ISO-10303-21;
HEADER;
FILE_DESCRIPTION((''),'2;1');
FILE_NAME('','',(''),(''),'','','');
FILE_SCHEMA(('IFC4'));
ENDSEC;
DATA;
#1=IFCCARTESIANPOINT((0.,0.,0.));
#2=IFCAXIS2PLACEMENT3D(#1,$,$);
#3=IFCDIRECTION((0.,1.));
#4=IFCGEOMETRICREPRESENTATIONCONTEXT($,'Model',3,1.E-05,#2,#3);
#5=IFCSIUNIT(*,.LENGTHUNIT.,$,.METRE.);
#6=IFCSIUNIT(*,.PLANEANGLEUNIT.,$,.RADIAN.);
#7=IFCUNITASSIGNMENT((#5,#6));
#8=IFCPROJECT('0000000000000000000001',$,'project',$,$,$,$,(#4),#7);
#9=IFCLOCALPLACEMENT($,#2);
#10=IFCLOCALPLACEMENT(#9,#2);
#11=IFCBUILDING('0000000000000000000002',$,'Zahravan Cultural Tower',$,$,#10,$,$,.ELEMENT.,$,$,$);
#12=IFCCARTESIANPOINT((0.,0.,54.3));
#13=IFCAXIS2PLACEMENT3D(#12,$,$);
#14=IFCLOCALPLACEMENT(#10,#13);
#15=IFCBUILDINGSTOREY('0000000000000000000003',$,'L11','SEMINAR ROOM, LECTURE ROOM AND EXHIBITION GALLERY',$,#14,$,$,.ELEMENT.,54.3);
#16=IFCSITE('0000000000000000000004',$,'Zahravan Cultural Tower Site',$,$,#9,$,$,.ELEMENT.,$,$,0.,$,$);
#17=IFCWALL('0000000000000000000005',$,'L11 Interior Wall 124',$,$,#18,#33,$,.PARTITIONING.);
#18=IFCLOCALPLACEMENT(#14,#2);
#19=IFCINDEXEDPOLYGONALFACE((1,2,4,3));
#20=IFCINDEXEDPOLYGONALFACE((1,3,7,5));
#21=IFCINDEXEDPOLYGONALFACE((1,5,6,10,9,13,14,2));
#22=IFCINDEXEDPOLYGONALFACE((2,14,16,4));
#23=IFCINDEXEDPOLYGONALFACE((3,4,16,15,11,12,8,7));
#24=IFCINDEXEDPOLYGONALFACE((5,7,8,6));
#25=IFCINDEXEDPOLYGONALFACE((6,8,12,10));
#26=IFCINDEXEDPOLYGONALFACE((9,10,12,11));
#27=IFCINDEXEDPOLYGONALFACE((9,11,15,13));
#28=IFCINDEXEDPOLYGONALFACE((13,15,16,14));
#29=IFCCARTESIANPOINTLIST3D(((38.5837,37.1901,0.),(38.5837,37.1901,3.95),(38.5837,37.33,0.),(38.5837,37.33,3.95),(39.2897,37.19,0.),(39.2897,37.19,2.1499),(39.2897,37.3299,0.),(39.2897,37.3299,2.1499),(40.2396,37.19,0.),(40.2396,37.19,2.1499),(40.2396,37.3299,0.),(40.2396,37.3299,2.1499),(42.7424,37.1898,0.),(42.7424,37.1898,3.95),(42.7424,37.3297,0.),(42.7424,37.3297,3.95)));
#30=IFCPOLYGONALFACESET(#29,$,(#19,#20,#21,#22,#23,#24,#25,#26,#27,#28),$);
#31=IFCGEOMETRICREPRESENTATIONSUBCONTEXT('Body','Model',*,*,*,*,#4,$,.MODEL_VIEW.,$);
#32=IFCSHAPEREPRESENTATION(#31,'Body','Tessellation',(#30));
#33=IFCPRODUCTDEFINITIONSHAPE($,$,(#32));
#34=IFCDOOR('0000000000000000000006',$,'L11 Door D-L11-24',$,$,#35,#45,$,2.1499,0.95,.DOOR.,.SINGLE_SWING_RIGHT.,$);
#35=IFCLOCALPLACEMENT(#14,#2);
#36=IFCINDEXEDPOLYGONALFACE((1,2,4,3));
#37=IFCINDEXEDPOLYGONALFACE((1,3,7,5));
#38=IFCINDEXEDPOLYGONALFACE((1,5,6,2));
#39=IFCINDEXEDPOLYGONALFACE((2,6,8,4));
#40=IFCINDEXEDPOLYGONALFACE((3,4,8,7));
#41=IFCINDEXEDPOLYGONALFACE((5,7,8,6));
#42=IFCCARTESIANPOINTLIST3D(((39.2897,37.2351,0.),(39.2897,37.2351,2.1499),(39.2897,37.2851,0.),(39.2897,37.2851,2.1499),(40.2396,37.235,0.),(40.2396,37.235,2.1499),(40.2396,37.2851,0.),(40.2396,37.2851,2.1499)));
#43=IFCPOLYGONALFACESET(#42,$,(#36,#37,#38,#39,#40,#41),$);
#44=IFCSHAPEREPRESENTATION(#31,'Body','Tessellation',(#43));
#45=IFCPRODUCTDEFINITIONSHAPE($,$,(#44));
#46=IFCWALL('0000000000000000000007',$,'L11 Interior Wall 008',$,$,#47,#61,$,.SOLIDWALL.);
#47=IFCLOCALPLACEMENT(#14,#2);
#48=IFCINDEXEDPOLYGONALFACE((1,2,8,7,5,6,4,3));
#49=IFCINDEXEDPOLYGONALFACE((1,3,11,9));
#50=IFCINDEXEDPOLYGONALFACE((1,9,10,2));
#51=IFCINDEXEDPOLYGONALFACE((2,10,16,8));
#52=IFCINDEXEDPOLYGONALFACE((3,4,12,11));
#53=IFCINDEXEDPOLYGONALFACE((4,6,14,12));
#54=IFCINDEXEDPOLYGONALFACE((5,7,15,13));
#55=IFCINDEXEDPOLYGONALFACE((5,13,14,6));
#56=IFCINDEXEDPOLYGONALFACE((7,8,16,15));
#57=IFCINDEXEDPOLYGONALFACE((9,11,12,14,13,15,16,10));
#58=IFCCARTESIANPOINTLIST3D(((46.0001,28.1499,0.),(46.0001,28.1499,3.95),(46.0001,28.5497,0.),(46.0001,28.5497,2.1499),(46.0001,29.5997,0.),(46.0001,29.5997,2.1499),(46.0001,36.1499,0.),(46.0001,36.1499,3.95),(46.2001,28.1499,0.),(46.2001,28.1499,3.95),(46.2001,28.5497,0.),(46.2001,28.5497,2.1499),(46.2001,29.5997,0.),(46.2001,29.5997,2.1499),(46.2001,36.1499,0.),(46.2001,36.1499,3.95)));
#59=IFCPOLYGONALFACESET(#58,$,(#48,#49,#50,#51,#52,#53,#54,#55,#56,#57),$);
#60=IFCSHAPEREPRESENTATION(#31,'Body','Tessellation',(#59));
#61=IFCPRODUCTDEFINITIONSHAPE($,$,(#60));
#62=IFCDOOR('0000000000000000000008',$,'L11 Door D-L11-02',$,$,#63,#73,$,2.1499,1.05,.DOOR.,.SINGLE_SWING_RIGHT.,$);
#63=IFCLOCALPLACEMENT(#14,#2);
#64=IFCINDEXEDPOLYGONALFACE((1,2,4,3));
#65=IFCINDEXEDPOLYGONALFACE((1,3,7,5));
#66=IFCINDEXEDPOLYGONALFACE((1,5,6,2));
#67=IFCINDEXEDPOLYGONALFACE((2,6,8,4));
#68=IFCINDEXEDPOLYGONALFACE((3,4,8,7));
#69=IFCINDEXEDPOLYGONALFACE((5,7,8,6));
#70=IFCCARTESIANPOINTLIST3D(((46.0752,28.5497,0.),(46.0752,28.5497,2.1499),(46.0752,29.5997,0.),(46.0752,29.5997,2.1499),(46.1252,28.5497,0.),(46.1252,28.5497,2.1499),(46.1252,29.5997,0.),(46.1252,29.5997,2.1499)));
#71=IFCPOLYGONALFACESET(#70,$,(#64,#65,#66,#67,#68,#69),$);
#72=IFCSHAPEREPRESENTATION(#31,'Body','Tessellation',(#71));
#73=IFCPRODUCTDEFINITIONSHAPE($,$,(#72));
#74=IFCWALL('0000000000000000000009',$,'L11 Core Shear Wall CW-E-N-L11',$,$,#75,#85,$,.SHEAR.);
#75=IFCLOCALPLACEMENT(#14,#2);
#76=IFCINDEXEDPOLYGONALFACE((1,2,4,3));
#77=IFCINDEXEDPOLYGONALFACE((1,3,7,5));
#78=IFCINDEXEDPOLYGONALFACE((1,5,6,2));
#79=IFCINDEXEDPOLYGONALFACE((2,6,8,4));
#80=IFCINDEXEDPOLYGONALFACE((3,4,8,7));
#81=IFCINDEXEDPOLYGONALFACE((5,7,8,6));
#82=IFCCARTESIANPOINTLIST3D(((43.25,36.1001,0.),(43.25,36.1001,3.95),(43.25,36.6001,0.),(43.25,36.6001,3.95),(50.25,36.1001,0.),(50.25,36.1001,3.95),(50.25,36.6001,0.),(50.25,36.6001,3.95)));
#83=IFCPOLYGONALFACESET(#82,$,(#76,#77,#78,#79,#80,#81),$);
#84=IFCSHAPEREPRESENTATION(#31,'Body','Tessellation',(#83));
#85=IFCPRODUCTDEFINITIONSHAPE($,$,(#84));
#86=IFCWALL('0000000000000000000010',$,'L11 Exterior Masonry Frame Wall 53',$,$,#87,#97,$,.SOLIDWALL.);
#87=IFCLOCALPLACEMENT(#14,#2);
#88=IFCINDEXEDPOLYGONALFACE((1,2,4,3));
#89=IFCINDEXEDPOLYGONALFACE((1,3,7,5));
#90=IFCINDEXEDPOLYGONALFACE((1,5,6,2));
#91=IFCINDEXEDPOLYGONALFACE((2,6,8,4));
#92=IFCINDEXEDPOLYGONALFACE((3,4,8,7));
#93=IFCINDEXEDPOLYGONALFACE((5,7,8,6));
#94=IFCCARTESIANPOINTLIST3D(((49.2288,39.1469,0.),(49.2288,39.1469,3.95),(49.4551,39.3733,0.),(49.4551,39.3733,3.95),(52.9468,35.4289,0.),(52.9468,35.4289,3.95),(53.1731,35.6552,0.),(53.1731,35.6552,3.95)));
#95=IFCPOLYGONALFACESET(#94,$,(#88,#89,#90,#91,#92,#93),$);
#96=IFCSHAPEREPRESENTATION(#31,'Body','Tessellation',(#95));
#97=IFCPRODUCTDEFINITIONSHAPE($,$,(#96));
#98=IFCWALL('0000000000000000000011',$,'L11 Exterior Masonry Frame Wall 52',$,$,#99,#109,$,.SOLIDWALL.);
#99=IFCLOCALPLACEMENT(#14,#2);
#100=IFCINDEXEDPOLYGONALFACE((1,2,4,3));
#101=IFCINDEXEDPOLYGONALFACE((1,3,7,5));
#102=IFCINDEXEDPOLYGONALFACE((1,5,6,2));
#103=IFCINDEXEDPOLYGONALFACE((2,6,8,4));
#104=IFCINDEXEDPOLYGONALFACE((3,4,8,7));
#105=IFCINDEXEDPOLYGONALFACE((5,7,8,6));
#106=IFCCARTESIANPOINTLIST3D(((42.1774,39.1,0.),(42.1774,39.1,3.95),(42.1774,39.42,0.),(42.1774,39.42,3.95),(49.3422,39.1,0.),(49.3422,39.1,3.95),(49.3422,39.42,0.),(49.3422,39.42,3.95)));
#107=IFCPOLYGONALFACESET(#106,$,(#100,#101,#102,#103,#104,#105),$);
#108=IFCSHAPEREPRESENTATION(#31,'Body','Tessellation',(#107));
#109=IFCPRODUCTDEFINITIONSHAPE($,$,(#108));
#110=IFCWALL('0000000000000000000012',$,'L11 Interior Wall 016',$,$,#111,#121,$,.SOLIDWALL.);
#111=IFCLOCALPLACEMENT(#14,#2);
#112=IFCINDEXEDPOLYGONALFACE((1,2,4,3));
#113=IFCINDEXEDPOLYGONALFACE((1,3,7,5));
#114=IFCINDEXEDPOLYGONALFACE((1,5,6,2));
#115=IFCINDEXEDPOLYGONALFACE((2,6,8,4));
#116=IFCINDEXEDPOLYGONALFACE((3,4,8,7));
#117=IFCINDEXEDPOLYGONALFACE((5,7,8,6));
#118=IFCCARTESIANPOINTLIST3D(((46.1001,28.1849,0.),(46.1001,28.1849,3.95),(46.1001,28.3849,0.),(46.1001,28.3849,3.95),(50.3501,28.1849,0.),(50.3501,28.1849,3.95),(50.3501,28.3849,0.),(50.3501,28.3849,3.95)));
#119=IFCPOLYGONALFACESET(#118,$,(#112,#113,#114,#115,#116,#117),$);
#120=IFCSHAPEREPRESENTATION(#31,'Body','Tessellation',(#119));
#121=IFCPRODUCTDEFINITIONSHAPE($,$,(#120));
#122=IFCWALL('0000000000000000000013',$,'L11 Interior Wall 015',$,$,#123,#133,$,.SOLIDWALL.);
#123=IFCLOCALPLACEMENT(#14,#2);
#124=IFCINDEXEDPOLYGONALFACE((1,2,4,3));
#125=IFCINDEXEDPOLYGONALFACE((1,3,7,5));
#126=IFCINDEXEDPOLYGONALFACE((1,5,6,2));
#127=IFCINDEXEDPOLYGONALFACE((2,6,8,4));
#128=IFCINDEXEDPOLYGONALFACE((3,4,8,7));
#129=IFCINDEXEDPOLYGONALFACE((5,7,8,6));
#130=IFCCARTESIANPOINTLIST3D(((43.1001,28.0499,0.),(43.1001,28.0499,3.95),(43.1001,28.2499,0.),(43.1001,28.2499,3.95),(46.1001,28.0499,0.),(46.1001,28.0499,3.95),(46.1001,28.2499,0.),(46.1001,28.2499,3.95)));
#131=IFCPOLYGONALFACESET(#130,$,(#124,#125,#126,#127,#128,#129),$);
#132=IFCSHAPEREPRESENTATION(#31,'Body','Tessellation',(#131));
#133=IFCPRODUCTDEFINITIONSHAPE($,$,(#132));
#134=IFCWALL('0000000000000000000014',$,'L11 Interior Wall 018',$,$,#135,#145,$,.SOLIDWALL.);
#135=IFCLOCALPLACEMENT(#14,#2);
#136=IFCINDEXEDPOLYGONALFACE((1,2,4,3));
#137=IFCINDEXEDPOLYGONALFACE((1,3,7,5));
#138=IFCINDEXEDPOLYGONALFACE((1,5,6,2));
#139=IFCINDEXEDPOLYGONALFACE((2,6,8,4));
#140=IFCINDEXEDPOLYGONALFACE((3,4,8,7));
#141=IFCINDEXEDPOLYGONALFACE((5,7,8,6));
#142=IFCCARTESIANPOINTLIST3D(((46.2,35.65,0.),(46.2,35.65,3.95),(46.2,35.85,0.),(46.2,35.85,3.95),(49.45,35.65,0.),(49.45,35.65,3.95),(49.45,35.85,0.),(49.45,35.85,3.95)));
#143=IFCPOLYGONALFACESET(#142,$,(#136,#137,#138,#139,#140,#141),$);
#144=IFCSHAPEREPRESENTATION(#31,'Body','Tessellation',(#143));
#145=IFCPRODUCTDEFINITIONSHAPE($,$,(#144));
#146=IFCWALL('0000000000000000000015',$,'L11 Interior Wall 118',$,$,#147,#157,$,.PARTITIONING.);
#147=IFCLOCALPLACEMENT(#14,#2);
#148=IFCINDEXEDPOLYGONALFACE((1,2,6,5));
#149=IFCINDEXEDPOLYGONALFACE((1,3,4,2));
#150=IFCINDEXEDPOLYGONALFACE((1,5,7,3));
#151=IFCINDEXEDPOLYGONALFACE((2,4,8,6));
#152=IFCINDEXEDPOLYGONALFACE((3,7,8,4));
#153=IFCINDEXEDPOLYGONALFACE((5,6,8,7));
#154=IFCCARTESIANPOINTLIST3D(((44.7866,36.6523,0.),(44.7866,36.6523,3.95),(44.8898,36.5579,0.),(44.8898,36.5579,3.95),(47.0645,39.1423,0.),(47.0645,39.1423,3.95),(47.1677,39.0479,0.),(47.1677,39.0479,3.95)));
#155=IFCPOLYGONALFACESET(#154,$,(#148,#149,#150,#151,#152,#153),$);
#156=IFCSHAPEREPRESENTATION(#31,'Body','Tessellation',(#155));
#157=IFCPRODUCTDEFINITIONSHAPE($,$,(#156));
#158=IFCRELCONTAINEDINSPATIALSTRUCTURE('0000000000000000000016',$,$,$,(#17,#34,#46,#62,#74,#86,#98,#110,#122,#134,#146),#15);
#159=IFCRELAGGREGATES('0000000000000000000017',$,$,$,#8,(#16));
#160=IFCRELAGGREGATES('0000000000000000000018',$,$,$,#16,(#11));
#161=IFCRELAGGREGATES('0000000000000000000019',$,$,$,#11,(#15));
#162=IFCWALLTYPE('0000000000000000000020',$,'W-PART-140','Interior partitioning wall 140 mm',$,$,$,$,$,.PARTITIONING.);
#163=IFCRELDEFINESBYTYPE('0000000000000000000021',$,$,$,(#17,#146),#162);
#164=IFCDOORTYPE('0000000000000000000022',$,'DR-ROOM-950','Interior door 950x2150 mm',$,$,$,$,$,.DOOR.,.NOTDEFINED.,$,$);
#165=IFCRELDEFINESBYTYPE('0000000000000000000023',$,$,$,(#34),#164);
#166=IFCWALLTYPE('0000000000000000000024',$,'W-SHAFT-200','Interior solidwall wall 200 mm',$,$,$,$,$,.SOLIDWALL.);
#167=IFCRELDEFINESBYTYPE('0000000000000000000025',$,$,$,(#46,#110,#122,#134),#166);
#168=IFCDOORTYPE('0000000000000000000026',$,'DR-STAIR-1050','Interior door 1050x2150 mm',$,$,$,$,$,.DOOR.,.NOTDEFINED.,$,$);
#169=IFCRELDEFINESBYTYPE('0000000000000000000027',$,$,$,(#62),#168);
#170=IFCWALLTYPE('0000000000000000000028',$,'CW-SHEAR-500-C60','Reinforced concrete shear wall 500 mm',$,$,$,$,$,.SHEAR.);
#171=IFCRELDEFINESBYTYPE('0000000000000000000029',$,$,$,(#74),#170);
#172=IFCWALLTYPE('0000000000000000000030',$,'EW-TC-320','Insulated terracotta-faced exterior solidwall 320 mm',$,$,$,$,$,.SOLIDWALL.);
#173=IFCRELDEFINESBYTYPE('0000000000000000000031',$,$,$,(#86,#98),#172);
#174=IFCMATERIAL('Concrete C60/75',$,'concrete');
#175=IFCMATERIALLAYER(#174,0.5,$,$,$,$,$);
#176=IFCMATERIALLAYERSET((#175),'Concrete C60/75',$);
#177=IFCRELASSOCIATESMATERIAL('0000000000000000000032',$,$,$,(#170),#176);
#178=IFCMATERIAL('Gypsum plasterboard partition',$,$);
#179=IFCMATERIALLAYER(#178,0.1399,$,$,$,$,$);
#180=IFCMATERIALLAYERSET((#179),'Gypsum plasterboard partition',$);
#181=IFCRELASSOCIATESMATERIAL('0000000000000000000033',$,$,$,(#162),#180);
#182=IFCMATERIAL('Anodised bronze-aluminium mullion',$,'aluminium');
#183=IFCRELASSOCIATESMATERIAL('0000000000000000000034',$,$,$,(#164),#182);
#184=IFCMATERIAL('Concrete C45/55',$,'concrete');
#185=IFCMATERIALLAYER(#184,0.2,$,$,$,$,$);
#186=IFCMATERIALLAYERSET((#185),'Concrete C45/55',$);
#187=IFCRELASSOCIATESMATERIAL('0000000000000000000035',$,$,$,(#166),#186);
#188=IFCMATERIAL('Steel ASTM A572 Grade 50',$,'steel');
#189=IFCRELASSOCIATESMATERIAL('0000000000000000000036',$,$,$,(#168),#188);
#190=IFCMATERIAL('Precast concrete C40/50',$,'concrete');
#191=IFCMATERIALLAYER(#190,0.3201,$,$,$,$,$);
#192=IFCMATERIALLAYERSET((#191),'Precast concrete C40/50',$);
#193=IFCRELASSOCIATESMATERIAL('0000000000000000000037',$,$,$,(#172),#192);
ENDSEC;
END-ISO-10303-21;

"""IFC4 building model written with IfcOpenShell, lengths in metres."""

from ifc_helpers import new_model, si_unit, direction, frame, frame_2d, origin, place, context, subcontext, project, spatial, rectangle, extrude, source, transform, mapped, material, layer, layer_set, type_object, element, fill, save


model = new_model("IFC4")

# Units and contexts
model_context = context("Model", 3, precision=1e-05, world=origin(), true_north=direction((0.0, 1.0)))
body_context = subcontext(model_context, "Body", "Model", "MODEL_VIEW")
ifc_project = project(units=[si_unit("LENGTHUNIT", "METRE"), si_unit("PLANEANGLEUNIT", "RADIAN")], contexts=[model_context])

# Site, building, storey
site_placement = place(None, origin())
site = spatial("IfcSite", under=ifc_project, at=site_placement, Name="Zahravan Cultural Tower Site", CompositionType="ELEMENT", RefElevation=0.0)
building_placement = place(site_placement, origin())
building = spatial("IfcBuilding", under=site, at=building_placement, Name="Zahravan Cultural Tower", CompositionType="ELEMENT")
storey_placement = place(building_placement, frame((0.0, 0.0, 54.3)))
storey = spatial("IfcBuildingStorey", under=building, at=storey_placement, Name="L11", Description="SEMINAR ROOM, LECTURE ROOM AND EXHIBITION GALLERY", CompositionType="ELEMENT", Elevation=54.3)

# Shared definitions
ifc_material_1 = material(Name="Concrete C60/75", Category="concrete")

# Walls, openings, doors
ifc_layer_1 = layer(ifc_material_1, 0.5)
ifc_layer_set_1 = layer_set([ifc_layer_1], Name="Concrete C60/75")
wall_type_1 = type_object("IfcWallType", Name="CW-SHEAR-500-C60", Description="Reinforced concrete shear wall 500 mm", PredefinedType="SHEAR", material=ifc_layer_set_1)
ifc_material_2 = material(Name="Steel ASTM A572 Grade 50", Category="steel")
ifc_material_3 = material(Name="Gypsum plasterboard partition")
ifc_layer_2 = layer(ifc_material_3, 0.1399)
ifc_layer_set_2 = layer_set([ifc_layer_2], Name="Gypsum plasterboard partition")
wall_type_2 = type_object("IfcWallType", Name="W-PART-140", Description="Interior partitioning wall 140 mm", PredefinedType="PARTITIONING", material=ifc_layer_set_2)
wall_1_placement = place(storey_placement, frame((42.7424, 37.2598, 0.0), z_axis=(0.0, 0.0, 1.0), x_axis=(-1.0, 0.000059, 0.0)))
wall_1 = element("IfcWall", 1, at=wall_1_placement, inside=storey, type_object=wall_type_2, Name="L11 Interior Wall 124", PredefinedType="PARTITIONING", context=body_context, shape_type="SweptSolid", body=[
    extrude(rectangle(XDim=4.1587, YDim=0.1399, at=frame_2d((2.0793, 0.0))), origin(), (0.0, 0.0, 1.0), 3.95),
])
opening_1_placement = place(wall_1_placement, frame((2.5027, 0.0, 0.0)))
opening_1 = element("IfcOpeningElement", 2, at=opening_1_placement, cuts=wall_1, PredefinedType="OPENING", context=body_context, shape_type="SweptSolid", body=[
    extrude(rectangle(XDim=0.95, YDim=2.1499, at=frame_2d((0.4751, 1.075))), frame((0.0, 0.0798, 0.0), z_axis=(0.0, -1.0, 0.0), x_axis=(1.0, 0.0, 0.0)), (0.0, 0.0, 1.0), 0.1599),
])
ifc_material_4 = material(Name="Anodised bronze-aluminium mullion", Category="aluminium")
door_type_1 = type_object("IfcDoorType", Name="DR-ROOM-950", Description="Interior door 950x2150 mm", OperationType="NOTDEFINED", PredefinedType="DOOR", material=ifc_material_4)
shared_shape_1 = source(origin(), body_context, "Body", "SweptSolid", [
    extrude(rectangle(XDim=0.95, YDim=2.1499, at=frame_2d((0.4751, 1.075))), frame((0.0, 0.0249, 0.0), z_axis=(0.0, -1.0, 0.0), x_axis=(1.0, 0.0, 0.0)), (0.0, 0.0, 1.0), 0.05),
])
door_1_placement = place(opening_1_placement, origin())
door_1 = element("IfcDoor", 3, at=door_1_placement, inside=storey, type_object=door_type_1, Name="L11 Door D-L11-24", OperationType="SINGLE_SWING_RIGHT", OverallHeight=2.1499, OverallWidth=0.95, PredefinedType="DOOR", context=body_context, shape_type="MappedRepresentation", body=[
    mapped(shared_shape_1, transform((0.0, 0.0, 0.0), x_axis=(1.0, 0.0, 0.0), y_axis=(0.0, 1.0, 0.0), z_axis=(0.0, 0.0, 1.0), scale=1.0)),
])
fill(opening_1, door_1)
ifc_material_5 = material(Name="Concrete C45/55", Category="concrete")
ifc_layer_3 = layer(ifc_material_5, 0.2)
ifc_layer_set_3 = layer_set([ifc_layer_3], Name="Concrete C45/55")
wall_type_3 = type_object("IfcWallType", Name="W-SHAFT-200", Description="Interior solidwall wall 200 mm", PredefinedType="SOLIDWALL", material=ifc_layer_set_3)
wall_2_placement = place(storey_placement, frame((46.1001, 28.1499, 0.0), z_axis=(0.0, 0.0, 1.0), x_axis=(0.0, 1.0, 0.0)))
wall_2 = element("IfcWall", 4, at=wall_2_placement, inside=storey, type_object=wall_type_3, Name="L11 Interior Wall 008", PredefinedType="SOLIDWALL", context=body_context, shape_type="SweptSolid", body=[
    extrude(rectangle(XDim=8.0, YDim=0.2, at=frame_2d((4.0, 0.0))), origin(), (0.0, 0.0, 1.0), 3.95),
])
opening_2_placement = place(wall_2_placement, frame((0.3999, 0.0, 0.0)))
opening_2 = element("IfcOpeningElement", 5, at=opening_2_placement, cuts=wall_2, PredefinedType="OPENING", context=body_context, shape_type="SweptSolid", body=[
    extrude(rectangle(XDim=1.05, YDim=2.1499, at=frame_2d((0.5249, 1.075))), frame((0.0, 0.1099, 0.0), z_axis=(0.0, -1.0, 0.0), x_axis=(1.0, 0.0, 0.0)), (0.0, 0.0, 1.0), 0.22),
])
door_type_2 = type_object("IfcDoorType", Name="DR-STAIR-1050", Description="Interior door 1050x2150 mm", OperationType="NOTDEFINED", PredefinedType="DOOR", material=ifc_material_2)
shared_shape_2 = source(origin(), body_context, "Body", "SweptSolid", [
    extrude(rectangle(XDim=1.05, YDim=2.1499, at=frame_2d((0.5249, 1.075))), frame((0.0, 0.0249, 0.0), z_axis=(0.0, -1.0, 0.0), x_axis=(1.0, 0.0, 0.0)), (0.0, 0.0, 1.0), 0.05),
])
door_2_placement = place(opening_2_placement, origin())
door_2 = element("IfcDoor", 6, at=door_2_placement, inside=storey, type_object=door_type_2, Name="L11 Door D-L11-02", OperationType="SINGLE_SWING_RIGHT", OverallHeight=2.1499, OverallWidth=1.05, PredefinedType="DOOR", context=body_context, shape_type="MappedRepresentation", body=[
    mapped(shared_shape_2, transform((0.0, 0.0, 0.0), x_axis=(1.0, 0.0, 0.0), y_axis=(0.0, 1.0, 0.0), z_axis=(0.0, 0.0, 1.0), scale=1.0)),
])
fill(opening_2, door_2)

# Walls
shared_shape_3 = source(origin(), body_context, "Body", "SweptSolid", [
    extrude(rectangle(XDim=7.0, YDim=0.5, at=frame_2d((3.5, 0.0))), origin(), (0.0, 0.0, 1.0), 3.95),
])
wall_3_placement = place(storey_placement, frame((43.25, 36.3501, 0.0), z_axis=(0.0, 0.0, 1.0), x_axis=(1.0, 0.0, 0.0)))
element("IfcWall", 7, at=wall_3_placement, inside=storey, type_object=wall_type_1, Name="L11 Core Shear Wall CW-E-N-L11", PredefinedType="SHEAR", context=body_context, shape_type="MappedRepresentation", body=[
    mapped(shared_shape_3, transform((0.0, 0.0, 0.0), x_axis=(1.0, 0.0, 0.0), y_axis=(0.0, 1.0, 0.0), z_axis=(0.0, 0.0, 1.0), scale=1.0)),
])
ifc_material_6 = material(Name="Precast concrete C40/50", Category="concrete")
ifc_layer_4 = layer(ifc_material_6, 0.3201)
ifc_layer_set_4 = layer_set([ifc_layer_4], Name="Precast concrete C40/50")
wall_type_4 = type_object("IfcWallType", Name="EW-TC-320", Description="Insulated terracotta-faced exterior solidwall 320 mm", PredefinedType="SOLIDWALL", material=ifc_layer_set_4)
shared_shape_4 = source(origin(), body_context, "Body", "SweptSolid", [
    extrude(rectangle(XDim=5.2581, YDim=0.3201, at=frame_2d((2.6289, 0.0))), origin(), (0.0, 0.0, 1.0), 3.95),
])
wall_4_placement = place(storey_placement, frame((49.342, 39.26, 0.0), z_axis=(0.0, 0.0, 1.0), x_axis=(0.707107, -0.707107, 0.0)))
element("IfcWall", 8, at=wall_4_placement, inside=storey, type_object=wall_type_4, Name="L11 Exterior Masonry Frame Wall 53", PredefinedType="SOLIDWALL", context=body_context, shape_type="MappedRepresentation", body=[
    mapped(shared_shape_4, transform((0.0, 0.0, 0.0), x_axis=(1.0, 0.0, 0.0), y_axis=(0.0, 1.0, 0.0), z_axis=(0.0, 0.0, 1.0), scale=1.0)),
])
shared_shape_5 = source(origin(), body_context, "Body", "SweptSolid", [
    extrude(rectangle(XDim=7.1648, YDim=0.3201, at=frame_2d((3.5825, 0.0))), origin(), (0.0, 0.0, 1.0), 3.95),
])
wall_5_placement = place(storey_placement, frame((42.1772, 39.26, 0.0), z_axis=(0.0, 0.0, 1.0), x_axis=(1.0, 0.0, 0.0)))
element("IfcWall", 9, at=wall_5_placement, inside=storey, type_object=wall_type_4, Name="L11 Exterior Masonry Frame Wall 52", PredefinedType="SOLIDWALL", context=body_context, shape_type="MappedRepresentation", body=[
    mapped(shared_shape_5, transform((0.0, 0.0, 0.0), x_axis=(1.0, 0.0, 0.0), y_axis=(0.0, 1.0, 0.0), z_axis=(0.0, 0.0, 1.0), scale=1.0)),
])
shared_shape_6 = source(origin(), body_context, "Body", "SweptSolid", [
    extrude(rectangle(XDim=4.25, YDim=0.2, at=frame_2d((2.125, 0.0))), origin(), (0.0, 0.0, 1.0), 3.95),
])
wall_6_placement = place(storey_placement, frame((46.1001, 28.2849, 0.0), z_axis=(0.0, 0.0, 1.0), x_axis=(1.0, 0.0, 0.0)))
element("IfcWall", 10, at=wall_6_placement, inside=storey, type_object=wall_type_3, Name="L11 Interior Wall 016", PredefinedType="SOLIDWALL", context=body_context, shape_type="MappedRepresentation", body=[
    mapped(shared_shape_6, transform((0.0, 0.0, 0.0), x_axis=(1.0, 0.0, 0.0), y_axis=(0.0, 1.0, 0.0), z_axis=(0.0, 0.0, 1.0), scale=1.0)),
])
shared_shape_7 = source(origin(), body_context, "Body", "SweptSolid", [
    extrude(rectangle(XDim=3.0, YDim=0.2, at=frame_2d((1.5, 0.0))), origin(), (0.0, 0.0, 1.0), 3.95),
])
wall_7_placement = place(storey_placement, frame((43.1001, 28.1499, 0.0), z_axis=(0.0, 0.0, 1.0), x_axis=(1.0, 0.0, 0.0)))
element("IfcWall", 11, at=wall_7_placement, inside=storey, type_object=wall_type_3, Name="L11 Interior Wall 015", PredefinedType="SOLIDWALL", context=body_context, shape_type="MappedRepresentation", body=[
    mapped(shared_shape_7, transform((0.0, 0.0, 0.0), x_axis=(1.0, 0.0, 0.0), y_axis=(0.0, 1.0, 0.0), z_axis=(0.0, 0.0, 1.0), scale=1.0)),
])
shared_shape_8 = source(origin(), body_context, "Body", "SweptSolid", [
    extrude(rectangle(XDim=3.25, YDim=0.2, at=frame_2d((1.625, 0.0))), origin(), (0.0, 0.0, 1.0), 3.95),
])
wall_8_placement = place(storey_placement, frame((46.2, 35.75, 0.0), z_axis=(0.0, 0.0, 1.0), x_axis=(1.0, 0.0, 0.0)))
element("IfcWall", 12, at=wall_8_placement, inside=storey, type_object=wall_type_3, Name="L11 Interior Wall 018", PredefinedType="SOLIDWALL", context=body_context, shape_type="MappedRepresentation", body=[
    mapped(shared_shape_8, transform((0.0, 0.0, 0.0), x_axis=(1.0, 0.0, 0.0), y_axis=(0.0, 1.0, 0.0), z_axis=(0.0, 0.0, 1.0), scale=1.0)),
])
shared_shape_9 = source(origin(), body_context, "Body", "SweptSolid", [
    extrude(rectangle(XDim=3.3748, YDim=0.1399, at=frame_2d((1.6875, 0.0))), origin(), (0.0, 0.0, 1.0), 3.95),
])
wall_9_placement = place(storey_placement, frame((44.8381, 36.605, 0.0), z_axis=(0.0, 0.0, 1.0), x_axis=(0.674974, 0.737841, 0.0)))
element("IfcWall", 13, at=wall_9_placement, inside=storey, type_object=wall_type_2, Name="L11 Interior Wall 118", PredefinedType="PARTITIONING", context=body_context, shape_type="MappedRepresentation", body=[
    mapped(shared_shape_9, transform((0.0, 0.0, 0.0), x_axis=(1.0, 0.0, 0.0), y_axis=(0.0, 1.0, 0.0), z_axis=(0.0, 0.0, 1.0), scale=1.0)),
])

save(model, "model.ifc")
